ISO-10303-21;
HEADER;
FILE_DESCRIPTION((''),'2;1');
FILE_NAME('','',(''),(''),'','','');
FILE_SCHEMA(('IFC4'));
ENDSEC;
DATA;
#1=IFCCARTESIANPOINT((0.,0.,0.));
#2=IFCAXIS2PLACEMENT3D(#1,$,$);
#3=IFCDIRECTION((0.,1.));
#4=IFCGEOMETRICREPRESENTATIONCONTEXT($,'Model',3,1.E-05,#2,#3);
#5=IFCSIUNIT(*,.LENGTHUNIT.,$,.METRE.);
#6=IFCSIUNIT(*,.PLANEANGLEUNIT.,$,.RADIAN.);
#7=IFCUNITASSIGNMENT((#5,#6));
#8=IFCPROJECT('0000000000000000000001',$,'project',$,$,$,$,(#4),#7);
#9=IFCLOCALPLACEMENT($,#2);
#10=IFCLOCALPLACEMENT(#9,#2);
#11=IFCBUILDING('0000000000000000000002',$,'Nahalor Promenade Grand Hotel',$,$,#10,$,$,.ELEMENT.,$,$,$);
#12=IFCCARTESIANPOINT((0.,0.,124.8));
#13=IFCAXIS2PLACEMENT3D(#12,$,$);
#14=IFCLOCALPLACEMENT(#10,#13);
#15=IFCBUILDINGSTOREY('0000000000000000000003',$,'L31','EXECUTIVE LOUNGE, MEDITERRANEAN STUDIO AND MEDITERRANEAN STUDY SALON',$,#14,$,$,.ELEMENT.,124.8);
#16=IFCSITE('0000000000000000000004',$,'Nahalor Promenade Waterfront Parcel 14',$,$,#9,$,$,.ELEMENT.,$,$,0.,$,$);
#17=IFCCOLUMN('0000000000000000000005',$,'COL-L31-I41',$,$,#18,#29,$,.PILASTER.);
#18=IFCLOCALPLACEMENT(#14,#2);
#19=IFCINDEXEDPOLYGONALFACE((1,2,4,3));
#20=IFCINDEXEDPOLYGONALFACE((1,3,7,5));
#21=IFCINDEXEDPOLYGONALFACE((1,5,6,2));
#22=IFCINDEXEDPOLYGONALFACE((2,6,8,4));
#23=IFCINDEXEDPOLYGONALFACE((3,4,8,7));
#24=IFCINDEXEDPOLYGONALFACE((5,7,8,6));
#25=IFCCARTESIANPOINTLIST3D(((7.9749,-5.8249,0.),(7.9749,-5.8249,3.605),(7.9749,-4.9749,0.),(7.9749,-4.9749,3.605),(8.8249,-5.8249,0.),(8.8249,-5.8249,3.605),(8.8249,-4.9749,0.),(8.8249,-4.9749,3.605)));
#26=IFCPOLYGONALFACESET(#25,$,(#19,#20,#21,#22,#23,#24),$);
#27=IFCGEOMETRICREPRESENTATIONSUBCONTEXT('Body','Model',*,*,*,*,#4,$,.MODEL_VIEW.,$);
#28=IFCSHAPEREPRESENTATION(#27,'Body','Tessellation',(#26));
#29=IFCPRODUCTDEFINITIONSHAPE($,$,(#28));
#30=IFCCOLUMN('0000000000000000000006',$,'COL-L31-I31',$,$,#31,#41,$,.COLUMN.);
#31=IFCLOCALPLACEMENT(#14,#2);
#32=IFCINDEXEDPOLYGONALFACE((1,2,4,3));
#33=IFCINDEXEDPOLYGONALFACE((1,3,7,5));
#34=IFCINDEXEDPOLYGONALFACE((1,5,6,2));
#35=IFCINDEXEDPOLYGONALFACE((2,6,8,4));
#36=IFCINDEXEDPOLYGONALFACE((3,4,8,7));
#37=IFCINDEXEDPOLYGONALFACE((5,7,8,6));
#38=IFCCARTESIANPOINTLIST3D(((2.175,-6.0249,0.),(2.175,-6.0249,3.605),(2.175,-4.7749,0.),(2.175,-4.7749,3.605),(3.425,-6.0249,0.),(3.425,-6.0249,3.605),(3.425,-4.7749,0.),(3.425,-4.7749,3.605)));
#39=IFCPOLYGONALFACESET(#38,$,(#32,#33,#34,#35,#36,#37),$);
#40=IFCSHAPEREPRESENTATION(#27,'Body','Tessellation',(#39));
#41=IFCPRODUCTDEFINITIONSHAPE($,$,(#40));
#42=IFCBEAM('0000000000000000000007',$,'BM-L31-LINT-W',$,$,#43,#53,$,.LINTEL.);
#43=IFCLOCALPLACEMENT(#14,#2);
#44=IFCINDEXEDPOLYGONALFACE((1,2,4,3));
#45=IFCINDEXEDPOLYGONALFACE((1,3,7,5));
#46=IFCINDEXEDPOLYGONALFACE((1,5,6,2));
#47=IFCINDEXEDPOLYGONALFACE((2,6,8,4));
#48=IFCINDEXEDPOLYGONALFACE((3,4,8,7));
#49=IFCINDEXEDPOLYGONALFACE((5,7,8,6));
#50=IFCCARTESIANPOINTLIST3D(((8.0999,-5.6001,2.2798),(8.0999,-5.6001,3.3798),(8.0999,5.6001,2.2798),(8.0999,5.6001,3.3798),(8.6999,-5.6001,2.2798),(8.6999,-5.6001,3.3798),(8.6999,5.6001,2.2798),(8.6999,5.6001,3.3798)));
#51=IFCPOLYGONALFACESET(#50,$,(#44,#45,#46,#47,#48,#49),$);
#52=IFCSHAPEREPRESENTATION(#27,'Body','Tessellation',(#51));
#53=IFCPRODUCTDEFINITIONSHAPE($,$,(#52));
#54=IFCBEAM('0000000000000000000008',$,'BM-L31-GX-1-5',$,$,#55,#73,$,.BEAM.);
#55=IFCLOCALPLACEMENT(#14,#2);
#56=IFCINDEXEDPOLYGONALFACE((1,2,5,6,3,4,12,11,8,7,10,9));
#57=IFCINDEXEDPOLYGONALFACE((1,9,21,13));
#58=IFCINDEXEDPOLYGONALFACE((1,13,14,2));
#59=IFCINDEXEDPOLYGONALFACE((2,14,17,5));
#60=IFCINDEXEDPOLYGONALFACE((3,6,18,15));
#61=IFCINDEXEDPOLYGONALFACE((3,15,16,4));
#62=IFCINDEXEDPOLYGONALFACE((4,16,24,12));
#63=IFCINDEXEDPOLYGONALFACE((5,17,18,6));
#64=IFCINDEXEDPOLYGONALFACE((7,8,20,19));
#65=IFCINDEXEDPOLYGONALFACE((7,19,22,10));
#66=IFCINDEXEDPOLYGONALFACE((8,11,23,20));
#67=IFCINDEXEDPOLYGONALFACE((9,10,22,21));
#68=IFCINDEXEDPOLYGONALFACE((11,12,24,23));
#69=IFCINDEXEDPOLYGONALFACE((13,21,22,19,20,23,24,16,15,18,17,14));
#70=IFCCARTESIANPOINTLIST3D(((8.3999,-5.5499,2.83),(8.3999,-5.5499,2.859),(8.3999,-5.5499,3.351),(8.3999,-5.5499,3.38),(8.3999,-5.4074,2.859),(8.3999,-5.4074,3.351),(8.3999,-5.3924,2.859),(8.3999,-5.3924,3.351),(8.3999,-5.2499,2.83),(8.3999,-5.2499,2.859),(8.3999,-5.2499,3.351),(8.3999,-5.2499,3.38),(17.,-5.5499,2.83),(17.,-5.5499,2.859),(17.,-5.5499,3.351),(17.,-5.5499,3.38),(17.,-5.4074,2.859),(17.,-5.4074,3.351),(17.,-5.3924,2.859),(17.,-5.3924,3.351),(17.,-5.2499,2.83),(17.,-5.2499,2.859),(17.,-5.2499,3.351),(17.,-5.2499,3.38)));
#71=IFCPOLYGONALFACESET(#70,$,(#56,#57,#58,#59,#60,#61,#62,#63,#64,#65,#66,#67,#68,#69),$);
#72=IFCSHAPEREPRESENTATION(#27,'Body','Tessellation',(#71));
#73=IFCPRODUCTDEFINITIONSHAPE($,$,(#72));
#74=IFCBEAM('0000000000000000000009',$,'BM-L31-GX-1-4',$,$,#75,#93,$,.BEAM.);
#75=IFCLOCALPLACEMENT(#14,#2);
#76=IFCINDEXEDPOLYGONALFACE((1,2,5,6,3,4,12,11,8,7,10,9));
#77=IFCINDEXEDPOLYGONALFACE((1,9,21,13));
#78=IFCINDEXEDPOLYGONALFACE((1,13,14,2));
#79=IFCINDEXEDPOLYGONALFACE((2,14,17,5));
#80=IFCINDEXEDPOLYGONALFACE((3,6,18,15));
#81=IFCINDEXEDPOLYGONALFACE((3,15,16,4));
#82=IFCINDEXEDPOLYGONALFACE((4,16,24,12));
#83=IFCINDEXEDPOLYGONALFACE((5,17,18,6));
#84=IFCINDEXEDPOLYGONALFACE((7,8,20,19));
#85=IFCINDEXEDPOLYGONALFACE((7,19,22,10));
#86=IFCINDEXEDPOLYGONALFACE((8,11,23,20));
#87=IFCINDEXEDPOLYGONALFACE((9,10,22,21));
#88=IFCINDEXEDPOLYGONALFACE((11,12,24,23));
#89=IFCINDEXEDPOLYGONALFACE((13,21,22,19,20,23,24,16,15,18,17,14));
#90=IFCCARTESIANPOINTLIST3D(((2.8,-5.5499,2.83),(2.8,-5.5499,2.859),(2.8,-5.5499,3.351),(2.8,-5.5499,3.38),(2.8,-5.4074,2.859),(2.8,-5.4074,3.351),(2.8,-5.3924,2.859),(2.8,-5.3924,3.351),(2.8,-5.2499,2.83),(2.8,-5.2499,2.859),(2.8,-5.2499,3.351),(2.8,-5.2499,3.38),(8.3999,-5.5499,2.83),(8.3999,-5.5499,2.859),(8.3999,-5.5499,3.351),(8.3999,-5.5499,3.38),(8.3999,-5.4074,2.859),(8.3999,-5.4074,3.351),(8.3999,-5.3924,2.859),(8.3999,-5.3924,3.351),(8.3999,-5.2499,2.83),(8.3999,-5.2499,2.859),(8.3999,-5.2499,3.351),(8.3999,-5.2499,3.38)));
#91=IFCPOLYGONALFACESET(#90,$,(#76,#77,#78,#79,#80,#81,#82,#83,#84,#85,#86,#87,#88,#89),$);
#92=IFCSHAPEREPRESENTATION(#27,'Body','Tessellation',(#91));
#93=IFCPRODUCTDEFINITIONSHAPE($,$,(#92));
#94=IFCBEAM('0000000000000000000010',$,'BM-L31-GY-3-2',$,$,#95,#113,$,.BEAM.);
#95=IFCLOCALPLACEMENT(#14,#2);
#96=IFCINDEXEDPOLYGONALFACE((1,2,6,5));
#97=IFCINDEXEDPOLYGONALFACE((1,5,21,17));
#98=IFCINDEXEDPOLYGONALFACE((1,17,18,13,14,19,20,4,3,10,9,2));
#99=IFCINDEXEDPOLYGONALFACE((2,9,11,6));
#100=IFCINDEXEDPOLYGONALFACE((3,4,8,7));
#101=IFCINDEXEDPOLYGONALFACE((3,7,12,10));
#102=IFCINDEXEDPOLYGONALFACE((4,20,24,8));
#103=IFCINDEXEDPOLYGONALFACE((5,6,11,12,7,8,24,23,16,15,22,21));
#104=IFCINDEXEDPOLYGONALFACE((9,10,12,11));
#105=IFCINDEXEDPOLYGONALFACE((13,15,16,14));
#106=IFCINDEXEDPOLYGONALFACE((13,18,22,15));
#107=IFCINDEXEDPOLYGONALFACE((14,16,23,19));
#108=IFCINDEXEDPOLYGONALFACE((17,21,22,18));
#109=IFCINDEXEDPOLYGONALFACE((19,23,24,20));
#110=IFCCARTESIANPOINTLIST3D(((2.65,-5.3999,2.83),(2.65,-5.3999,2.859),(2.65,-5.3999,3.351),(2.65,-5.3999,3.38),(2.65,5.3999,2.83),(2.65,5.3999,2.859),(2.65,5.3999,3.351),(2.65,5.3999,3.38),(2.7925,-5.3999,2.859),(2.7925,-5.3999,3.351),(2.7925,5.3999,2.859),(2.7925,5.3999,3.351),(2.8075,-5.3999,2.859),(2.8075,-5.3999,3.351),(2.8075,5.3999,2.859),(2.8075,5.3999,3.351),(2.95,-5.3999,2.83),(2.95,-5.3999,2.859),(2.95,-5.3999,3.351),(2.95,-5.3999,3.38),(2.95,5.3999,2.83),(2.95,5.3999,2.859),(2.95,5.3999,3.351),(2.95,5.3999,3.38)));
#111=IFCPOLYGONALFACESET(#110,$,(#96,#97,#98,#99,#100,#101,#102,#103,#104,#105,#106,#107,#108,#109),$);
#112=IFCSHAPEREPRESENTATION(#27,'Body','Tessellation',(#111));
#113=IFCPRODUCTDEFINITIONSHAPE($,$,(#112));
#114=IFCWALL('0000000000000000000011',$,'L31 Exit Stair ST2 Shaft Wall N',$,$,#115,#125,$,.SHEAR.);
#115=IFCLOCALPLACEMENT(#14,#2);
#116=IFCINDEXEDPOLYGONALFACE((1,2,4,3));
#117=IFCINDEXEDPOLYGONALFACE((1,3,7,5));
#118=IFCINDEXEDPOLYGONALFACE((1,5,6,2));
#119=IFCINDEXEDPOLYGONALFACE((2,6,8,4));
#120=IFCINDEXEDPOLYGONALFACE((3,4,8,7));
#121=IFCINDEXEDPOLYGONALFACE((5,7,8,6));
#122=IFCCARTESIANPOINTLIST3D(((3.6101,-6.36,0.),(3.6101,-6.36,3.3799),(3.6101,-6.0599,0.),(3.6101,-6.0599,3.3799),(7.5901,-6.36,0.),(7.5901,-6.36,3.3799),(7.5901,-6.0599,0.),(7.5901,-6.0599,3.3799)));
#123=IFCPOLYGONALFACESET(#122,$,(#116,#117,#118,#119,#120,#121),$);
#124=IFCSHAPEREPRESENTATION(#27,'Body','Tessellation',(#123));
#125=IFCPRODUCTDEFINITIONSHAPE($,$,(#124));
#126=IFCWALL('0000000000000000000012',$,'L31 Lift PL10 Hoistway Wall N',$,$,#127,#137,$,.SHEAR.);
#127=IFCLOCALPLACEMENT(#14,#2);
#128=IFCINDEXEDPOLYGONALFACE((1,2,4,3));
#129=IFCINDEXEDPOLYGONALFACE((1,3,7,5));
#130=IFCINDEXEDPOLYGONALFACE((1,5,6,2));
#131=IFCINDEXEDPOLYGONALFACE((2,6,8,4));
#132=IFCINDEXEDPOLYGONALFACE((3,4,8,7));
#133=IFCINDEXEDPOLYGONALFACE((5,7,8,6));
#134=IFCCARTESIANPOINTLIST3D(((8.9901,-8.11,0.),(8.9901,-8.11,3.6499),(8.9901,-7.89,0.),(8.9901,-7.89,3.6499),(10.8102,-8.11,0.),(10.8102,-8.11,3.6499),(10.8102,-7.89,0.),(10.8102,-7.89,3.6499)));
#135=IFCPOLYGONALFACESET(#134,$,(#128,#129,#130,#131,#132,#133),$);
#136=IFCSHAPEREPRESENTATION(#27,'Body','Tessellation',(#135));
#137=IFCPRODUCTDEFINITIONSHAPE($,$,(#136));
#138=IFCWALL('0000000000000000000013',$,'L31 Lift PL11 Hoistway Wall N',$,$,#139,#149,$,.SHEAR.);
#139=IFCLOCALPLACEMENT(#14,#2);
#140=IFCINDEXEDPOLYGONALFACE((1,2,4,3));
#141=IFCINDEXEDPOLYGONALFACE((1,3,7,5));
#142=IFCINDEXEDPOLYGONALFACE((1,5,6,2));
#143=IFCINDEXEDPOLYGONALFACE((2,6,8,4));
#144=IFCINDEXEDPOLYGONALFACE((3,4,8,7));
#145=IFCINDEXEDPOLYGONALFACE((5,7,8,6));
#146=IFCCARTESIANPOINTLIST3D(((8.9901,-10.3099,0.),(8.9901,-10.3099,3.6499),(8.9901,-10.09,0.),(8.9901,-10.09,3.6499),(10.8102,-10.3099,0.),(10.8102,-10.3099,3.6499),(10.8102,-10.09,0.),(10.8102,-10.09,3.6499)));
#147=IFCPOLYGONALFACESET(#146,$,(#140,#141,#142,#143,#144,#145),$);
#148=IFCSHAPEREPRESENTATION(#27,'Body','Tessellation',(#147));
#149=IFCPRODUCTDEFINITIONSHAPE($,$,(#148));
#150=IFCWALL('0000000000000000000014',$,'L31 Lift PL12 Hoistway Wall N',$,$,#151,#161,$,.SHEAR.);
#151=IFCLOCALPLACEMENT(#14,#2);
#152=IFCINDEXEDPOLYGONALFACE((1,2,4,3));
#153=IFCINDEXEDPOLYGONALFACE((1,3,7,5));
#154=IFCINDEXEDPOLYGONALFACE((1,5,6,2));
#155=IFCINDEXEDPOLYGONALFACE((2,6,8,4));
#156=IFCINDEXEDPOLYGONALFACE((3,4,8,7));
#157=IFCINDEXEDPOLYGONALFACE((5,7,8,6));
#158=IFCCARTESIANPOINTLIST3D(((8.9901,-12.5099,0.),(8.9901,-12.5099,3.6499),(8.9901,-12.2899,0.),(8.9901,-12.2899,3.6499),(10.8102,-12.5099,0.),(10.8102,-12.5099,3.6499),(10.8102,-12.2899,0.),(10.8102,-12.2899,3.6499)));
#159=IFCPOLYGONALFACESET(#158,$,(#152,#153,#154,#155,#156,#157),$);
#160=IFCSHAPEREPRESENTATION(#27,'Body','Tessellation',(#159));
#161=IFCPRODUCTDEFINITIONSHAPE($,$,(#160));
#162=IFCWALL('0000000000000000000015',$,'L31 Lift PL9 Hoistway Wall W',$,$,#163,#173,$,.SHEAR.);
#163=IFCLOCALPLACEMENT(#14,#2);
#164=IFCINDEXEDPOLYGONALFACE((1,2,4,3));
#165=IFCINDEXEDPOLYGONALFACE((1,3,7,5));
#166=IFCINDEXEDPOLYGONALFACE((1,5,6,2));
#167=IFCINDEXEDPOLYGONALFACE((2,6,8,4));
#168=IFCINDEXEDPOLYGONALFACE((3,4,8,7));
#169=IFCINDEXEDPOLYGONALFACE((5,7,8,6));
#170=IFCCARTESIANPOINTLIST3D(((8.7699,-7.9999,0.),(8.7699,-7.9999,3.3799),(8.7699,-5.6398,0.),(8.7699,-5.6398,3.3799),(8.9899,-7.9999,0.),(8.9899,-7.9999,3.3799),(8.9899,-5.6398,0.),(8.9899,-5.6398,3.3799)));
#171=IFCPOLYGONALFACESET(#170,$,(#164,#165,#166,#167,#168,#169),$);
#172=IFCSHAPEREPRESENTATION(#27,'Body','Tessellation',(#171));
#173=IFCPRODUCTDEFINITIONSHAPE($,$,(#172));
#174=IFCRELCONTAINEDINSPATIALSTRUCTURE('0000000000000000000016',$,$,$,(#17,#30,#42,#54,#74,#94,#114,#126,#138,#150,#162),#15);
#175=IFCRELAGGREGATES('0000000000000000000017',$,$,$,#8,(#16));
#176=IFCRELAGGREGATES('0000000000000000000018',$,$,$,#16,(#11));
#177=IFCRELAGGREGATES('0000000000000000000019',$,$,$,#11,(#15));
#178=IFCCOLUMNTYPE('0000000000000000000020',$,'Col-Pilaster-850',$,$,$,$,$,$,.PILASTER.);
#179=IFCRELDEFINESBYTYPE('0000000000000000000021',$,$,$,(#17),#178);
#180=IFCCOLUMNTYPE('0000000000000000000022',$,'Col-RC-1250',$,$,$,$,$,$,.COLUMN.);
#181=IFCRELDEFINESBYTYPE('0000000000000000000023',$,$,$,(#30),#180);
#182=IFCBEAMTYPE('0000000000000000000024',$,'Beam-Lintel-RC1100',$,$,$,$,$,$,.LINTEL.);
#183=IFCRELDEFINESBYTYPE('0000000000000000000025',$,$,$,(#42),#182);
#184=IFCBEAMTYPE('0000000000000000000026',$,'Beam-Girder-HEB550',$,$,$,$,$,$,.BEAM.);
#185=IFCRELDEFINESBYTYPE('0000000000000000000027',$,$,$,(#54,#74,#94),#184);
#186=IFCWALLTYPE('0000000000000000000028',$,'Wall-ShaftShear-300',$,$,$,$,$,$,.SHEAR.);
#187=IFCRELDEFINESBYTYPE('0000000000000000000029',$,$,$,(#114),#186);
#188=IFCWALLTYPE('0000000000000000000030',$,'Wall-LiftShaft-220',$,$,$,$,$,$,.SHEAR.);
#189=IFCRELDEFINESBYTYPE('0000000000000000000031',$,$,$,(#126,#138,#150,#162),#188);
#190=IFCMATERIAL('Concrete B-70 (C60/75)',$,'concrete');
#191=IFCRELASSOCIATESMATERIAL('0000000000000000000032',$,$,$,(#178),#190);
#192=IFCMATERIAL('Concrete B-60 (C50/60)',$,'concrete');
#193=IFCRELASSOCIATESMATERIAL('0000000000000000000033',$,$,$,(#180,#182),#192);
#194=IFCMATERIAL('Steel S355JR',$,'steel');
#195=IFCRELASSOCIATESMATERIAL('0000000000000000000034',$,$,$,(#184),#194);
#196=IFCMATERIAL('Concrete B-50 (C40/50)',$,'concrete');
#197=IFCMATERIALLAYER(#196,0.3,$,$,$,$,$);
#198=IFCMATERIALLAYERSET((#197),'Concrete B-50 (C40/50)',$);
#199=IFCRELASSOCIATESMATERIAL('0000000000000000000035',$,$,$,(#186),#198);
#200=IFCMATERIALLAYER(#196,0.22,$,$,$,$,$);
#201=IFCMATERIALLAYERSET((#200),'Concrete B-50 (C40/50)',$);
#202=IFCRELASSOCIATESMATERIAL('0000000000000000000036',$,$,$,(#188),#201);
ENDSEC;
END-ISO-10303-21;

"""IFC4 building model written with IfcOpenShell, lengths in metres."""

from ifc_helpers import new_model, si_unit, direction, frame, frame_2d, origin, origin_2d, place, context, subcontext, project, spatial, rectangle, i_section, extrude, source, transform, mapped, material, layer, layer_set, material_profile, profile_set, type_object, element, save


model = new_model("IFC4")

# Units and contexts
model_context = context("Model", 3, precision=1e-05, world=origin(), true_north=direction((0.0, 1.0)))
body_context = subcontext(model_context, "Body", "Model", "MODEL_VIEW")
ifc_project = project(units=[si_unit("LENGTHUNIT", "METRE"), si_unit("PLANEANGLEUNIT", "RADIAN")], contexts=[model_context])

# Site, building, storey
site_placement = place(None, origin())
site = spatial("IfcSite", under=ifc_project, at=site_placement, Name="Nahalor Promenade Waterfront Parcel 14", CompositionType="ELEMENT", RefElevation=0.0)
building_placement = place(site_placement, origin())
building = spatial("IfcBuilding", under=site, at=building_placement, Name="Nahalor Promenade Grand Hotel", CompositionType="ELEMENT")
storey_placement = place(building_placement, frame((0.0, 0.0, 124.8)))
storey = spatial("IfcBuildingStorey", under=building, at=storey_placement, Name="L31", Description="EXECUTIVE LOUNGE, MEDITERRANEAN STUDIO AND MEDITERRANEAN STUDY SALON", CompositionType="ELEMENT", Elevation=124.8)

# Columns
ifc_material_1 = material(Name="Concrete B-70 (C60/75)", Category="concrete")
ifc_material_profile_1 = material_profile(ifc_material_1, rectangle(XDim=0.85, YDim=0.85, at=origin_2d()), Name="RC 850x850")
ifc_profile_set_1 = profile_set([ifc_material_profile_1], Name="Concrete B-70 (C60/75)")
column_type_1 = type_object("IfcColumnType", Name="Col-Pilaster-850", PredefinedType="PILASTER", material=ifc_profile_set_1)
shared_shape_1 = source(origin(), body_context, "Body", "SweptSolid", [
    extrude(rectangle(XDim=0.85, YDim=0.85, at=origin_2d()), origin(), (0.0, 0.0, 1.0), 3.605),
])
column_1_placement = place(storey_placement, frame((8.3999, -5.3999, 0.0), z_axis=(0.0, 0.0, 1.0), x_axis=(1.0, 0.0, 0.0)))
element("IfcColumn", 1, at=column_1_placement, inside=storey, type_object=column_type_1, Name="COL-L31-I41", PredefinedType="PILASTER", context=body_context, shape_type="MappedRepresentation", body=[
    mapped(shared_shape_1, transform((0.0, 0.0, 0.0), scale=1.0)),
])
ifc_material_2 = material(Name="Concrete B-60 (C50/60)", Category="concrete")
ifc_material_profile_2 = material_profile(ifc_material_2, rectangle(XDim=1.25, YDim=1.25, at=origin_2d()), Name="RC 1250x1250")
ifc_profile_set_2 = profile_set([ifc_material_profile_2], Name="Concrete B-60 (C50/60)")
column_type_2 = type_object("IfcColumnType", Name="Col-RC-1250", PredefinedType="COLUMN", material=ifc_profile_set_2)
shared_shape_2 = source(origin(), body_context, "Body", "SweptSolid", [
    extrude(rectangle(XDim=1.25, YDim=1.25, at=origin_2d()), origin(), (0.0, 0.0, 1.0), 3.605),
])
column_2_placement = place(storey_placement, frame((2.8, -5.3999, 0.0), z_axis=(0.0, 0.0, 1.0), x_axis=(1.0, 0.0, 0.0)))
element("IfcColumn", 2, at=column_2_placement, inside=storey, type_object=column_type_2, Name="COL-L31-I31", PredefinedType="COLUMN", context=body_context, shape_type="MappedRepresentation", body=[
    mapped(shared_shape_2, transform((0.0, 0.0, 0.0), scale=1.0)),
])

# Beams
ifc_material_profile_3 = material_profile(ifc_material_2, rectangle(XDim=0.6, YDim=1.1, at=origin_2d()), Name="RC 600x1100")
ifc_profile_set_3 = profile_set([ifc_material_profile_3], Name="Concrete B-60 (C50/60)")
beam_type_1 = type_object("IfcBeamType", Name="Beam-Lintel-RC1100", PredefinedType="LINTEL", material=ifc_profile_set_3)
shared_shape_3 = source(origin(), body_context, "Body", "SweptSolid", [
    extrude(rectangle(XDim=0.6, YDim=1.1, at=origin_2d()), origin(), (0.0, 0.0, 1.0), 11.2002),
])
beam_1_placement = place(storey_placement, frame((8.3999, -5.6001, 2.8298), z_axis=(0.0, 1.0, 0.0), x_axis=(-1.0, 0.0, 0.0)))
element("IfcBeam", 3, at=beam_1_placement, inside=storey, type_object=beam_type_1, Name="BM-L31-LINT-W", PredefinedType="LINTEL", context=body_context, shape_type="MappedRepresentation", body=[
    mapped(shared_shape_3, transform((0.0, 0.0, 0.0), scale=1.0)),
])
ifc_material_3 = material(Name="Steel S355JR", Category="steel")
ifc_material_profile_4 = material_profile(ifc_material_3, i_section(OverallWidth=0.3, OverallDepth=0.55, WebThickness=0.015, FlangeThickness=0.029, at=origin_2d()), Name="HEB 550")
ifc_profile_set_4 = profile_set([ifc_material_profile_4], Name="Steel S355JR")
beam_type_2 = type_object("IfcBeamType", Name="Beam-Girder-HEB550", PredefinedType="BEAM", material=ifc_profile_set_4)
shared_shape_4 = source(origin(), body_context, "Body", "SweptSolid", [
    extrude(i_section(OverallWidth=0.3, OverallDepth=0.55, WebThickness=0.015, FlangeThickness=0.029, at=origin_2d()), origin(), (0.0, 0.0, 1.0), 8.6001),
])
beam_2_placement = place(storey_placement, frame((8.3999, -5.3999, 3.105), z_axis=(1.0, 0.0, 0.0), x_axis=(0.0, 1.0, 0.0)))
element("IfcBeam", 4, at=beam_2_placement, inside=storey, type_object=beam_type_2, Name="BM-L31-GX-1-5", PredefinedType="BEAM", context=body_context, shape_type="MappedRepresentation", body=[
    mapped(shared_shape_4, transform((0.0, 0.0, 0.0), scale=1.0)),
])
shared_shape_5 = source(origin(), body_context, "Body", "SweptSolid", [
    extrude(i_section(OverallWidth=0.3, OverallDepth=0.55, WebThickness=0.015, FlangeThickness=0.029, at=origin_2d()), origin(), (0.0, 0.0, 1.0), 5.5999),
])
beam_3_placement = place(storey_placement, frame((2.8, -5.3999, 3.105), z_axis=(1.0, 0.0, 0.0), x_axis=(0.0, 1.0, 0.0)))
element("IfcBeam", 5, at=beam_3_placement, inside=storey, type_object=beam_type_2, Name="BM-L31-GX-1-4", PredefinedType="BEAM", context=body_context, shape_type="MappedRepresentation", body=[
    mapped(shared_shape_5, transform((0.0, 0.0, 0.0), scale=1.0)),
])
shared_shape_6 = source(origin(), body_context, "Body", "SweptSolid", [
    extrude(i_section(OverallWidth=0.3, OverallDepth=0.55, WebThickness=0.015, FlangeThickness=0.029, at=origin_2d()), origin(), (0.0, 0.0, 1.0), 10.7998),
])
beam_4_placement = place(storey_placement, frame((2.8, -5.3999, 3.105), z_axis=(0.0, 1.0, 0.0), x_axis=(-1.0, 0.0, 0.0)))
element("IfcBeam", 6, at=beam_4_placement, inside=storey, type_object=beam_type_2, Name="BM-L31-GY-3-2", PredefinedType="BEAM", context=body_context, shape_type="MappedRepresentation", body=[
    mapped(shared_shape_6, transform((0.0, 0.0, 0.0), scale=1.0)),
])

# Walls
ifc_material_4 = material(Name="Concrete B-50 (C40/50)", Category="concrete")
ifc_layer_1 = layer(ifc_material_4, 0.3)
ifc_layer_set_1 = layer_set([ifc_layer_1], Name="Concrete B-50 (C40/50)")
wall_type_1 = type_object("IfcWallType", Name="Wall-ShaftShear-300", PredefinedType="SHEAR", material=ifc_layer_set_1)
shared_shape_7 = source(origin(), body_context, "Body", "SweptSolid", [
    extrude(rectangle(XDim=3.98, YDim=0.3, at=frame_2d((1.99, 0.0))), origin(), (0.0, 0.0, 1.0), 3.3799),
])
wall_1_placement = place(storey_placement, frame((3.6101, -6.21, 0.0), z_axis=(0.0, 0.0, 1.0), x_axis=(1.0, 0.0, 0.0)))
element("IfcWall", 7, at=wall_1_placement, inside=storey, type_object=wall_type_1, Name="L31 Exit Stair ST2 Shaft Wall N", PredefinedType="SHEAR", context=body_context, shape_type="MappedRepresentation", body=[
    mapped(shared_shape_7, transform((0.0, 0.0, 0.0), scale=1.0)),
])
ifc_layer_2 = layer(ifc_material_4, 0.22)
ifc_layer_set_2 = layer_set([ifc_layer_2], Name="Concrete B-50 (C40/50)")
wall_type_2 = type_object("IfcWallType", Name="Wall-LiftShaft-220", PredefinedType="SHEAR", material=ifc_layer_set_2)
shared_shape_8 = source(origin(), body_context, "Body", "SweptSolid", [
    extrude(rectangle(XDim=1.8201, YDim=0.22, at=frame_2d((0.9102, 0.0))), origin(), (0.0, 0.0, 1.0), 3.6499),
])
for number, where, z_axis, x_axis, name in (
    (8, (8.99, -8.0, 0.0), (0.0, 0.0, 1.0), (1.0, 0.0, 0.0), "L31 Lift PL10 Hoistway Wall N"),
    (9, (8.99, -10.2, 0.0), (0.0, 0.0, 1.0), (1.0, 0.0, 0.0), "L31 Lift PL11 Hoistway Wall N"),
    (10, (8.99, -12.3999, 0.0), (0.0, 0.0, 1.0), (1.0, 0.0, 0.0), "L31 Lift PL12 Hoistway Wall N"),
):
    element("IfcWall", number, at=place(storey_placement, frame(where, z_axis=z_axis, x_axis=x_axis)), inside=storey, type_object=wall_type_2, Name=name, PredefinedType="SHEAR", context=body_context, shape_type="MappedRepresentation", body=[
        mapped(shared_shape_8, transform((0.0, 0.0, 0.0), scale=1.0)),
    ])
shared_shape_9 = source(origin(), body_context, "Body", "SweptSolid", [
    extrude(rectangle(XDim=2.3601, YDim=0.22, at=frame_2d((1.1802, 0.0))), origin(), (0.0, 0.0, 1.0), 3.3799),
])
for number, where, z_axis, x_axis, name in (
    (11, (8.8799, -8.0, 0.0), (0.0, 0.0, 1.0), (0.0, 1.0, 0.0), "L31 Lift PL9 Hoistway Wall W"),
):
    element("IfcWall", number, at=place(storey_placement, frame(where, z_axis=z_axis, x_axis=x_axis)), inside=storey, type_object=wall_type_2, Name=name, PredefinedType="SHEAR", context=body_context, shape_type="MappedRepresentation", body=[
        mapped(shared_shape_9, transform((0.0, 0.0, 0.0), scale=1.0)),
    ])

save(model, "model.ifc")
